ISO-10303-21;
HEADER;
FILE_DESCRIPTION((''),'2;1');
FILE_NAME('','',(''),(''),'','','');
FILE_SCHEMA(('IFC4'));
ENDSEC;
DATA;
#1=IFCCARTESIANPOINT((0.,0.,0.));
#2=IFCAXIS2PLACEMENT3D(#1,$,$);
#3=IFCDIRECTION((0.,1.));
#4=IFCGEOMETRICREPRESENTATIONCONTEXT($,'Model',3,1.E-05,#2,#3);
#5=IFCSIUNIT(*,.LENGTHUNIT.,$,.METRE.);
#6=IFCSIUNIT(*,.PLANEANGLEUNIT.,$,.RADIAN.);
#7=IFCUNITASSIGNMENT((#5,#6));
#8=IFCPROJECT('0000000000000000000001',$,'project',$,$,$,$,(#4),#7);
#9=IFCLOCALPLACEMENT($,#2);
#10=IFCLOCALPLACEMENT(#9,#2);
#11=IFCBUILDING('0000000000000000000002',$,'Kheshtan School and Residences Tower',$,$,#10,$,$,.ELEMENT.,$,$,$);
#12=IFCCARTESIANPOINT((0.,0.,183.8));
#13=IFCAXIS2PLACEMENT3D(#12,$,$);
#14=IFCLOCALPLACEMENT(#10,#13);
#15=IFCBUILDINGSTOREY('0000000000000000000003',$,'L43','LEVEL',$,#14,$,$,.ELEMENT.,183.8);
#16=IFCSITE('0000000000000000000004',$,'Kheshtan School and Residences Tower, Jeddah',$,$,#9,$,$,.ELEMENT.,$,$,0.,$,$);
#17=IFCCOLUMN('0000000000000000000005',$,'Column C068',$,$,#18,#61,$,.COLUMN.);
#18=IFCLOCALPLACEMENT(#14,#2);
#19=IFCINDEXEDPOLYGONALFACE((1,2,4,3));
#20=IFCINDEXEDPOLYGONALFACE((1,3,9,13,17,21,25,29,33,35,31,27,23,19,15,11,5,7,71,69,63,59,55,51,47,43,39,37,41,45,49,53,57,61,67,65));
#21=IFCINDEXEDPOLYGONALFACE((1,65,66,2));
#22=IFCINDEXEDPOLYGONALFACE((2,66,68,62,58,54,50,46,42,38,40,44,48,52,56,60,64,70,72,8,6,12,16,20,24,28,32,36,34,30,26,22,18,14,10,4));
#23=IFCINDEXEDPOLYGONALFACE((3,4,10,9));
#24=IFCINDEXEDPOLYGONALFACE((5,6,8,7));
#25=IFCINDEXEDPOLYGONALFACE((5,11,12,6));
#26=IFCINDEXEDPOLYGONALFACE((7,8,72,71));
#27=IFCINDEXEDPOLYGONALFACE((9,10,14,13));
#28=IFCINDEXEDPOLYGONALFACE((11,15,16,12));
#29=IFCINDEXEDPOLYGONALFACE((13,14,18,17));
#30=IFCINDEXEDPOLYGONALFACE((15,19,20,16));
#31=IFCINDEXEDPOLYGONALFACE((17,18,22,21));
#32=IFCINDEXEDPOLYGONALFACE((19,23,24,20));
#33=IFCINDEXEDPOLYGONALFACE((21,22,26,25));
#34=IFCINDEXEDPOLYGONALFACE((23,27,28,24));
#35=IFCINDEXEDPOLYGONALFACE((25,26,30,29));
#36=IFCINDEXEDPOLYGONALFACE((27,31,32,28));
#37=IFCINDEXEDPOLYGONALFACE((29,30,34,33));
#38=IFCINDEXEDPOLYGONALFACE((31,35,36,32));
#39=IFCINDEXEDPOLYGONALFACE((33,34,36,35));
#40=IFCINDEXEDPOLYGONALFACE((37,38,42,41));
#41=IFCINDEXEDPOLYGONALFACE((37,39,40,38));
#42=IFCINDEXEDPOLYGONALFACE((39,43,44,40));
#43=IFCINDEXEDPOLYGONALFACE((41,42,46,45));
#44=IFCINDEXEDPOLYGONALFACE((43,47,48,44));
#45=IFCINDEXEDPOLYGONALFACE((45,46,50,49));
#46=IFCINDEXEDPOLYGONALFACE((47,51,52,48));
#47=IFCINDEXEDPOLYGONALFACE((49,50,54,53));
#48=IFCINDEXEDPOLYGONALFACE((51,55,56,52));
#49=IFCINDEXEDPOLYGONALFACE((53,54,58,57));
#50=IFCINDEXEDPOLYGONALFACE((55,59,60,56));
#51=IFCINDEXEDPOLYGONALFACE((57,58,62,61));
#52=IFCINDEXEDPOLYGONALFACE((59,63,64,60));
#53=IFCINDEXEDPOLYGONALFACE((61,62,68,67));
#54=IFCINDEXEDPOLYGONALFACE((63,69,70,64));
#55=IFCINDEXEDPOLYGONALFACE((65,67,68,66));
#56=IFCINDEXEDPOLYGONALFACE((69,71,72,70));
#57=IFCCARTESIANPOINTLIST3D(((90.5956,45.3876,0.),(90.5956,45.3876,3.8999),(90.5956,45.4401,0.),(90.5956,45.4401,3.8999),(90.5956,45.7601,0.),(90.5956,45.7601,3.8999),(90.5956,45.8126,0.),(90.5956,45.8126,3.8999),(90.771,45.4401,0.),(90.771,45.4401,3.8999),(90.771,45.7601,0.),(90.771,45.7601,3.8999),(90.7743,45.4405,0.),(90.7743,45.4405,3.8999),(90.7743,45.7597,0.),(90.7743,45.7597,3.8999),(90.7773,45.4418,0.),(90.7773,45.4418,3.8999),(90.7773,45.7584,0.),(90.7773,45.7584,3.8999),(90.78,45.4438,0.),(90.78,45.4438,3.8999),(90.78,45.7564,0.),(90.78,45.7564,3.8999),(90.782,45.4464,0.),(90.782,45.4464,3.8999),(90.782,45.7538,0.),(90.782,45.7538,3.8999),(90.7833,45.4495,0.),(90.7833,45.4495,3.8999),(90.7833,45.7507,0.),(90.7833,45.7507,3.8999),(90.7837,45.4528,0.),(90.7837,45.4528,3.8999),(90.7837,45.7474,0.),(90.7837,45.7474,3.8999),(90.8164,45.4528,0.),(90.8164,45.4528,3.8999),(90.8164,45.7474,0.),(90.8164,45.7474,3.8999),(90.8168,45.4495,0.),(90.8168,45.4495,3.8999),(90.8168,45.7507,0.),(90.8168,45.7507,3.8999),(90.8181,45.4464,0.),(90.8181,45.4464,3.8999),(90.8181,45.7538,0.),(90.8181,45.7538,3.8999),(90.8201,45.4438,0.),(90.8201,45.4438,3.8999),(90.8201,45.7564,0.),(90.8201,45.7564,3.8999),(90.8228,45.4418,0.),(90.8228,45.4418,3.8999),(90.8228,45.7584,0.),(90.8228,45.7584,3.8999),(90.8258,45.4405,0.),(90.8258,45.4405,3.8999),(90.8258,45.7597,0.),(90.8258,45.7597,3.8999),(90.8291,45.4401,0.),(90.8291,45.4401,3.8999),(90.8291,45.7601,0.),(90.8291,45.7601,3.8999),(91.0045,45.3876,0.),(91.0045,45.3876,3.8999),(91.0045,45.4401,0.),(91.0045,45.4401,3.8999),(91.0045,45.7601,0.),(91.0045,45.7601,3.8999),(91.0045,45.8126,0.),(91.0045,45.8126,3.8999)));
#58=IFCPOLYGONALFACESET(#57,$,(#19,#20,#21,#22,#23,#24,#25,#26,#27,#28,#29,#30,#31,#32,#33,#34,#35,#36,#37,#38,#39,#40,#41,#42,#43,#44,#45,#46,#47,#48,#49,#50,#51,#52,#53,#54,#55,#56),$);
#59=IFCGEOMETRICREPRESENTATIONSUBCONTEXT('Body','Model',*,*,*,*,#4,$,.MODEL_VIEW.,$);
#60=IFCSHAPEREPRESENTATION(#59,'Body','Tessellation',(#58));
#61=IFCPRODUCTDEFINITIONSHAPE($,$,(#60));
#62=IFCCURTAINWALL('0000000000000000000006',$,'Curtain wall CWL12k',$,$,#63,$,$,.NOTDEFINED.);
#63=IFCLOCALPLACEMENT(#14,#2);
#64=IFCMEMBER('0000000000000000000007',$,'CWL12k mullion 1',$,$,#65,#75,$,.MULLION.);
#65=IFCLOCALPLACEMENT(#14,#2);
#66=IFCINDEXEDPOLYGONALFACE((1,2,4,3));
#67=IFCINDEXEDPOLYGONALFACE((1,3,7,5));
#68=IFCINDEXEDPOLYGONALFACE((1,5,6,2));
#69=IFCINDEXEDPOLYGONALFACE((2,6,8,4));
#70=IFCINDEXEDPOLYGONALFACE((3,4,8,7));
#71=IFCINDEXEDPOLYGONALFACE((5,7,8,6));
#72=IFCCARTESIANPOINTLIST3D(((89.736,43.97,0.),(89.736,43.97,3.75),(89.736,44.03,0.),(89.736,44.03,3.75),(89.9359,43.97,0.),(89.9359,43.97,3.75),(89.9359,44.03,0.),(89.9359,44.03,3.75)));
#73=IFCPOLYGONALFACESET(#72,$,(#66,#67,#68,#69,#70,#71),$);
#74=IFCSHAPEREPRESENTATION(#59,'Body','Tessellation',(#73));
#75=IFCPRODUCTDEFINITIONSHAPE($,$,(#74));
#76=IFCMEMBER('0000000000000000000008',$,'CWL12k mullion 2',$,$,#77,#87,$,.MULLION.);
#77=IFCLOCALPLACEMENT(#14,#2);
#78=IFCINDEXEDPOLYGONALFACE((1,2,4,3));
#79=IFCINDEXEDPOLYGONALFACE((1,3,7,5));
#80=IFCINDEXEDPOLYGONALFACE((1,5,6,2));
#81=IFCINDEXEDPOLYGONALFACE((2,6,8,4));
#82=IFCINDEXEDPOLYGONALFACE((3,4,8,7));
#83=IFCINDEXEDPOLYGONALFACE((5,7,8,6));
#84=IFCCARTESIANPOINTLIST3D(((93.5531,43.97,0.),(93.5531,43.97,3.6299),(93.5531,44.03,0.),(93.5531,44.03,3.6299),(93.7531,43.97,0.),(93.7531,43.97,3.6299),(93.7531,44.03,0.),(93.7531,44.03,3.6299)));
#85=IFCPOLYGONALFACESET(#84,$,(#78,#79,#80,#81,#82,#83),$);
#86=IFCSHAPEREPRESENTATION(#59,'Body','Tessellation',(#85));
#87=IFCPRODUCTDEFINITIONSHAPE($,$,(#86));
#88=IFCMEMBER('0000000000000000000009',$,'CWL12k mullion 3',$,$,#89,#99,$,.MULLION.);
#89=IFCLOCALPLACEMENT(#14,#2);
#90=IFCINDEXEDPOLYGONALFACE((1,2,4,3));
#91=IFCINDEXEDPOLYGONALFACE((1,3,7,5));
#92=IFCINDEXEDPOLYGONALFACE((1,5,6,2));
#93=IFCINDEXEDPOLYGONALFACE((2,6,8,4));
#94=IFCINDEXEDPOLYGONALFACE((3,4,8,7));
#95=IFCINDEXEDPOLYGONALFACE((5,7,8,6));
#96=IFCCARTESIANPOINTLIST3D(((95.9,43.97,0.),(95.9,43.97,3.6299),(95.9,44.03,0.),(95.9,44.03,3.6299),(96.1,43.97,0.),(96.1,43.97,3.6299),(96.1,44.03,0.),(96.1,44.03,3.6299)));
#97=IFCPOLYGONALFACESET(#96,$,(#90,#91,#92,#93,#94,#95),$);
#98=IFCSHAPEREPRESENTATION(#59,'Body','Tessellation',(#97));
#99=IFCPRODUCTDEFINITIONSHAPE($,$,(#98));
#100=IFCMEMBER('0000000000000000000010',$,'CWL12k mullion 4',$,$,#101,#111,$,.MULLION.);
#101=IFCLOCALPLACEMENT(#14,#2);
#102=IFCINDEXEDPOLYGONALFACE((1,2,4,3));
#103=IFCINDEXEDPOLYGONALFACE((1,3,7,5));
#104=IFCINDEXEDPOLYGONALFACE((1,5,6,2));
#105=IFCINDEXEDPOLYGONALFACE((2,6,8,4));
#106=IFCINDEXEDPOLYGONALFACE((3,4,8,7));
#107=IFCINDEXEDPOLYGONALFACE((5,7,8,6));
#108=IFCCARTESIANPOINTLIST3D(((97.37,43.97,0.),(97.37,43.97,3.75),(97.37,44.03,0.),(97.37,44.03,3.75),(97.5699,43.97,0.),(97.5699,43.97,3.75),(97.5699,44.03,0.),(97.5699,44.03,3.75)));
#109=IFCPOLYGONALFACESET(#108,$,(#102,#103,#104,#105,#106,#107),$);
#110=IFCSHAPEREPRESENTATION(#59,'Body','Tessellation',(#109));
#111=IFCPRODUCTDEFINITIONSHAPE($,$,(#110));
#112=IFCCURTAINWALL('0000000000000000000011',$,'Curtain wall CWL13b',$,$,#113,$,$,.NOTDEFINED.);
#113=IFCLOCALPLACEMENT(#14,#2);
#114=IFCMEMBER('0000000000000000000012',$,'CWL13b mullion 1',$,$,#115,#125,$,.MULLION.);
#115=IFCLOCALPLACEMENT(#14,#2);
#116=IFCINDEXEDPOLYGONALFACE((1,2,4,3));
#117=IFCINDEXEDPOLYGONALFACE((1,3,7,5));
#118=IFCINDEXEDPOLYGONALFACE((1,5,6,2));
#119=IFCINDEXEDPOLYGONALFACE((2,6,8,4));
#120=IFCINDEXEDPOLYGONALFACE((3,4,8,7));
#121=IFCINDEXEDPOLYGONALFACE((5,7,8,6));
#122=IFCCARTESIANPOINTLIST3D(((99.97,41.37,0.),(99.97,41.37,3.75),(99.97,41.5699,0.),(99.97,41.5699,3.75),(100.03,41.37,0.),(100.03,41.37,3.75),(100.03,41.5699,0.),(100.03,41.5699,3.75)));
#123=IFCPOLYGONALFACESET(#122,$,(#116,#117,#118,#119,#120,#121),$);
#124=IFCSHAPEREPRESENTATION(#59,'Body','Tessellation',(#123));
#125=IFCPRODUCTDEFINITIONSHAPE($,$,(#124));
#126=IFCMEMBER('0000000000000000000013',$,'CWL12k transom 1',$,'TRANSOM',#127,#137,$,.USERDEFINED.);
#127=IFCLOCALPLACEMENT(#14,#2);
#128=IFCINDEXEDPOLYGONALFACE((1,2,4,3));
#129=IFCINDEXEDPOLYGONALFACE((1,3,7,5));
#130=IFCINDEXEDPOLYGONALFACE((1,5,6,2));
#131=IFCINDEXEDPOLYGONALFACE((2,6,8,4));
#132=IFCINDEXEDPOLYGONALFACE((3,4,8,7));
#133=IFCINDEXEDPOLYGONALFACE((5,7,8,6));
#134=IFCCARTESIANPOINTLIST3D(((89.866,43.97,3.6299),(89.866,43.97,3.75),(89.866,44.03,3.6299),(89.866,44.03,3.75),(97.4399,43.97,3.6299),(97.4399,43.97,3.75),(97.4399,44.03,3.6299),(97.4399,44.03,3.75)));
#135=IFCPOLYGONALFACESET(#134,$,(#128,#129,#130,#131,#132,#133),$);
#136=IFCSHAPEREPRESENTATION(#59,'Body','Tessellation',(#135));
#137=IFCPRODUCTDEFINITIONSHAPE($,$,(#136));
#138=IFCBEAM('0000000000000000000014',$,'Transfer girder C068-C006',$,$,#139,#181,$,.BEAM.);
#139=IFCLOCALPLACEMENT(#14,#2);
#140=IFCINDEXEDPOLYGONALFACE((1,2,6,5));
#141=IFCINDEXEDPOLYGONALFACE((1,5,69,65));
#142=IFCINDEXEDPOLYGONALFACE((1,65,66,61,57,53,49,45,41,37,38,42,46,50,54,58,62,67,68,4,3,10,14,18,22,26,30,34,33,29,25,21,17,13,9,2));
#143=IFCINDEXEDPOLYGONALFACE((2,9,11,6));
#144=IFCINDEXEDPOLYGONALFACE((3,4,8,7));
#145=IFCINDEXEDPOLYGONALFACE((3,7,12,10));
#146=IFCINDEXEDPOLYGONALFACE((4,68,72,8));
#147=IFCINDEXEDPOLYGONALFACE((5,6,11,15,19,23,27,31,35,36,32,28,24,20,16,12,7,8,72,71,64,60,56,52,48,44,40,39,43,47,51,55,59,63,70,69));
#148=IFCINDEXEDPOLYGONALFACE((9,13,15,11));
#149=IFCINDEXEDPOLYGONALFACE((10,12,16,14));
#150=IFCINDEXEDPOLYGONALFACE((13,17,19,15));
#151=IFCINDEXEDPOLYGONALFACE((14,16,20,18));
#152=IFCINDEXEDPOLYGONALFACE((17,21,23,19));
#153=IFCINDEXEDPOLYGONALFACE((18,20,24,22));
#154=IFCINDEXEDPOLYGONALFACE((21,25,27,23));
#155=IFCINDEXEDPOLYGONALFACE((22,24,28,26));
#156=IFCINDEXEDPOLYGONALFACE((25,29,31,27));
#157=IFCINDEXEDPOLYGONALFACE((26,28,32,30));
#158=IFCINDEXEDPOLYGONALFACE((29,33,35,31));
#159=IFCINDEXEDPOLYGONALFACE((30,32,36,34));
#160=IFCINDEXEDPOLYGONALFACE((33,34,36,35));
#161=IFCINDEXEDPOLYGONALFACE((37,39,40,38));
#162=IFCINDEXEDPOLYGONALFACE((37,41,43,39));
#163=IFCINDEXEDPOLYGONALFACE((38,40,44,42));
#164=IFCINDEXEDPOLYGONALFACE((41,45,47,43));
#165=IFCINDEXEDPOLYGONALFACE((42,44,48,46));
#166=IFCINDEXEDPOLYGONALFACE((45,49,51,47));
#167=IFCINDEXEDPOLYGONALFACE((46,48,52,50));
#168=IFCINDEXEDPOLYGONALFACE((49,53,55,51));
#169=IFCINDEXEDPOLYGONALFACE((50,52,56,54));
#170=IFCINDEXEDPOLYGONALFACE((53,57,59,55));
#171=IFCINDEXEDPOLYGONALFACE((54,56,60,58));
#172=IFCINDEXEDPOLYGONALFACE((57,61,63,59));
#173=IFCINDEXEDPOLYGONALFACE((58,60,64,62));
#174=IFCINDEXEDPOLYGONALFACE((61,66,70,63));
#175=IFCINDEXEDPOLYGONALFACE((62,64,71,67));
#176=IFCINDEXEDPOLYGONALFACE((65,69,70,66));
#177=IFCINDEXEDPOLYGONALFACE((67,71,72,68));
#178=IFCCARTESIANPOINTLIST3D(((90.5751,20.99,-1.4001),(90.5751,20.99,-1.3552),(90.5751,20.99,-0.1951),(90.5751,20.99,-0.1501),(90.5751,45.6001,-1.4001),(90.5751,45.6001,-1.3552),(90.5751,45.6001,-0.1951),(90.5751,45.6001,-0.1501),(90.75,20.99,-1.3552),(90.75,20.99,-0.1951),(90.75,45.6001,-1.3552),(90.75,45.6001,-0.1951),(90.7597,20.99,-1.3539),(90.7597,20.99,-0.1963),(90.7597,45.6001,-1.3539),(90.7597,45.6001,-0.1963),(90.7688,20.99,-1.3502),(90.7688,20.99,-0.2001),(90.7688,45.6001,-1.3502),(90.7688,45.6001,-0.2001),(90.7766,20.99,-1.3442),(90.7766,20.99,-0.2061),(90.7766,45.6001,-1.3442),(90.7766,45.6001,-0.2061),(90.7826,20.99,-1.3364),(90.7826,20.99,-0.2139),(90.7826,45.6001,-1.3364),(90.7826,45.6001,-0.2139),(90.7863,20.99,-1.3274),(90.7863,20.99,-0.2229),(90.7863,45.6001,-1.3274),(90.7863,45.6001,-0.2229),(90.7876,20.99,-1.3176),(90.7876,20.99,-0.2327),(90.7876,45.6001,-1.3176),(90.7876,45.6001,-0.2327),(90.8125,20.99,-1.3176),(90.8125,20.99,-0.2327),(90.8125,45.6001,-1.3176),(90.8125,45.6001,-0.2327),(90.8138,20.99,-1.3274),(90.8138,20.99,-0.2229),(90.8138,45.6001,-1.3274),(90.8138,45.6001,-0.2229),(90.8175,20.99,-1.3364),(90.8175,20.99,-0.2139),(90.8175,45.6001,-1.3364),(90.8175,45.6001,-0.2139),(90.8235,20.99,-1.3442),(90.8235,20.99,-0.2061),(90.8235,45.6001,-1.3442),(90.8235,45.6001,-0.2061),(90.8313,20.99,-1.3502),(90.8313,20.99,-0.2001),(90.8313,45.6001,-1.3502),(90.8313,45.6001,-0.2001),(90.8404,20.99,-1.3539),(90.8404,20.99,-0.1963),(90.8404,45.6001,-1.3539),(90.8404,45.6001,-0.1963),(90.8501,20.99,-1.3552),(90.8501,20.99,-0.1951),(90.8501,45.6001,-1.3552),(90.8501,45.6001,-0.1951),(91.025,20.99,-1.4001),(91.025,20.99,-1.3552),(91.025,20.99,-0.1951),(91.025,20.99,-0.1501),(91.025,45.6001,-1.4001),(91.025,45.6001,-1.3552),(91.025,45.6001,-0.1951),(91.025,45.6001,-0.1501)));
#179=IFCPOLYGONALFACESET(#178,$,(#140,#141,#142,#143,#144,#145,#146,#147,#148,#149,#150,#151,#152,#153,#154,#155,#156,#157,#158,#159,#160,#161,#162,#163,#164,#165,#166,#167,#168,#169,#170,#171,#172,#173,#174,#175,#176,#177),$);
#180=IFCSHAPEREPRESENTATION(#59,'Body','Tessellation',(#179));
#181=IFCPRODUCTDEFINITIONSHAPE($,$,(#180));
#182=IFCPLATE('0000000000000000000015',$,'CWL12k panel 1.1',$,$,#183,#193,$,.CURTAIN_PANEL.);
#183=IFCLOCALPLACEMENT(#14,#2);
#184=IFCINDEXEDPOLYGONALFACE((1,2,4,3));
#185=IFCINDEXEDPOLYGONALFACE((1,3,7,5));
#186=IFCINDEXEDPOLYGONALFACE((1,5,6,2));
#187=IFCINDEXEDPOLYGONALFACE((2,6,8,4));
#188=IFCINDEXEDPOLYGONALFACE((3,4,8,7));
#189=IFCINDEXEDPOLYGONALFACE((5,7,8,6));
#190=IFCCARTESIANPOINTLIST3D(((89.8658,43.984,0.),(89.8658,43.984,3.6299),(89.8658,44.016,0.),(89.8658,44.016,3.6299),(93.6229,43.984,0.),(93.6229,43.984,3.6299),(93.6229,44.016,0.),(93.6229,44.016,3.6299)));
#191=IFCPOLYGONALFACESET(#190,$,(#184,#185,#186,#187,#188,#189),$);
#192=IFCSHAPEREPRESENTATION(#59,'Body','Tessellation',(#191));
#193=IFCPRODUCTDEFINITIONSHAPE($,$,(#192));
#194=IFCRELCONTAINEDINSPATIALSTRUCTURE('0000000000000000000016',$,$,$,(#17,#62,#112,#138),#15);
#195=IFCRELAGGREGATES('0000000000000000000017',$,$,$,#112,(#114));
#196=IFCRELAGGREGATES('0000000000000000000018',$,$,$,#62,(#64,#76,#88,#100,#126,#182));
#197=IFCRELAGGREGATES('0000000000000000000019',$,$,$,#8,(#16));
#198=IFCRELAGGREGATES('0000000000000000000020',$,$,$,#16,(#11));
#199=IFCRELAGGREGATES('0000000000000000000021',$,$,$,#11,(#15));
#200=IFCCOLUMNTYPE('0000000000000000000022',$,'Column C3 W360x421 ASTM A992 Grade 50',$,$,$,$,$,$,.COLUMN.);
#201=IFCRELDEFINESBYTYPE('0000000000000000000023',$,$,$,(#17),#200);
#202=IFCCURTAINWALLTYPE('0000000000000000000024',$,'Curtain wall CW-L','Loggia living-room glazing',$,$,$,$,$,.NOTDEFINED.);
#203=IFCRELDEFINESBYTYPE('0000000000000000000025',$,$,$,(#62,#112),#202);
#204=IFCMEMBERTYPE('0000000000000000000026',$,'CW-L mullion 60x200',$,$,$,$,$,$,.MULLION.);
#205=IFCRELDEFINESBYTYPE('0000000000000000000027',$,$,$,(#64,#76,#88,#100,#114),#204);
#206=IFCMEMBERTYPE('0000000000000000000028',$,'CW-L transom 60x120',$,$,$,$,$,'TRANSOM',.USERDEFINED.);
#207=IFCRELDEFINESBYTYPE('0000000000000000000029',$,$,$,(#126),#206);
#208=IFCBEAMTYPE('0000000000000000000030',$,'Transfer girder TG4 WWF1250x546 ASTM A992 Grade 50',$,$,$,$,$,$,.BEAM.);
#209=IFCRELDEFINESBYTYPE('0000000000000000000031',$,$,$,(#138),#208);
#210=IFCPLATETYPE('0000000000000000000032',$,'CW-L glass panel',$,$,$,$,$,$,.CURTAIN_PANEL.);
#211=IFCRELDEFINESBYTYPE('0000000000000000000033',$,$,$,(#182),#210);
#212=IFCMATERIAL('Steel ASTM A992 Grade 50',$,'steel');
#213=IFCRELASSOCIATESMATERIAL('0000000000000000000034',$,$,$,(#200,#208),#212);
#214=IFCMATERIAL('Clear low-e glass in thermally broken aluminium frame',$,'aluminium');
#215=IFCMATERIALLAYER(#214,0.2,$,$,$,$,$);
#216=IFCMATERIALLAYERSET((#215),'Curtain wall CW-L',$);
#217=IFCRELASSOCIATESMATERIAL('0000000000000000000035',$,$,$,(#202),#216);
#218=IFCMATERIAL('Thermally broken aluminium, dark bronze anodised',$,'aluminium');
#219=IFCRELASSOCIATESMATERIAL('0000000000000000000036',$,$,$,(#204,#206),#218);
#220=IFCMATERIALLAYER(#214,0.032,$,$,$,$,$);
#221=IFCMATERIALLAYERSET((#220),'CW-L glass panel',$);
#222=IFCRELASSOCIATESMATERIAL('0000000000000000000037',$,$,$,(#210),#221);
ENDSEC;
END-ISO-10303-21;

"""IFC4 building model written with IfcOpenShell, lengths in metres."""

from ifc_helpers import new_model, si_unit, direction, frame, origin, origin_2d, place, context, subcontext, project, spatial, rectangle, i_section, extrude, material, layer, layer_set, material_profile, profile_set, type_object, element, aggregate, save


model = new_model("IFC4")

# Units and contexts
model_context = context("Model", 3, precision=1e-05, world=origin(), true_north=direction((0.0, 1.0)))
body_context = subcontext(model_context, "Body", "Model", "MODEL_VIEW")
ifc_project = project(units=[si_unit("LENGTHUNIT", "METRE"), si_unit("PLANEANGLEUNIT", "RADIAN")], contexts=[model_context])

# Site, building, storey
site_placement = place(None, origin())
site = spatial("IfcSite", under=ifc_project, at=site_placement, Name="Kheshtan School and Residences Tower, Jeddah", CompositionType="ELEMENT", RefElevation=0.0)
building_placement = place(site_placement, origin())
building = spatial("IfcBuilding", under=site, at=building_placement, Name="Kheshtan School and Residences Tower", CompositionType="ELEMENT")
storey_placement = place(building_placement, frame((0.0, 0.0, 183.8)))
storey = spatial("IfcBuildingStorey", under=building, at=storey_placement, Name="L43", Description="LEVEL", CompositionType="ELEMENT", Elevation=183.8)

# Column
ifc_material_1 = material(Name="Steel ASTM A992 Grade 50", Category="steel")
ifc_material_profile_1 = material_profile(ifc_material_1, i_section(OverallWidth=0.4089, OverallDepth=0.425, WebThickness=0.0327, FlangeThickness=0.0525, FilletRadius=0.0127, at=origin_2d()), Name="W360x421")
ifc_profile_set_1 = profile_set([ifc_material_profile_1], Name="Steel ASTM A992 Grade 50")
column_type = type_object("IfcColumnType", Name="Column C3 W360x421 ASTM A992 Grade 50", PredefinedType="COLUMN", material=ifc_profile_set_1)
column_placement = place(storey_placement, frame((90.8, 45.6001, 0.0), z_axis=(0.0, 0.0, 1.0), x_axis=(1.0, 0.0, 0.0)))
element("IfcColumn", 1, at=column_placement, inside=storey, type_object=column_type, Name="Column C068", PredefinedType="COLUMN", context=body_context, shape_type="SweptSolid", body=[
    extrude(i_section(OverallWidth=0.4089, OverallDepth=0.425, WebThickness=0.0327, FlangeThickness=0.0525, FilletRadius=0.0127, at=origin_2d()), origin(), (0.0, 0.0, 1.0), 3.8999),
])

# Curtain wall, members
ifc_material_2 = material(Name="Clear low-e glass in thermally broken aluminium frame", Category="aluminium")
ifc_layer_1 = layer(ifc_material_2, 0.2)
ifc_layer_set_1 = layer_set([ifc_layer_1], Name="Curtain wall CW-L")
curtain_wall_type = type_object("IfcCurtainWallType", Name="Curtain wall CW-L", Description="Loggia living-room glazing", PredefinedType="NOTDEFINED", material=ifc_layer_set_1)
curtain_wall_1_placement = place(storey_placement, origin())
curtain_wall_1 = element("IfcCurtainWall", 2, at=curtain_wall_1_placement, inside=storey, type_object=curtain_wall_type, Name="Curtain wall CWL12k", PredefinedType="NOTDEFINED")
ifc_material_3 = material(Name="Thermally broken aluminium, dark bronze anodised", Category="aluminium")
ifc_material_profile_2 = material_profile(ifc_material_3, rectangle(XDim=0.0601, YDim=0.2, at=origin_2d()), Name="CW-L mullion 60x200")
ifc_profile_set_2 = profile_set([ifc_material_profile_2], Name="Thermally broken aluminium, dark bronze anodised")
member_type_1 = type_object("IfcMemberType", Name="CW-L mullion 60x200", PredefinedType="MULLION", material=ifc_profile_set_2)
member_1_placement = place(storey_placement, frame((89.8359, 44.0, 0.0), z_axis=(0.0, 0.0, 1.0), x_axis=(0.0, 1.0, 0.0)))
member_1 = element("IfcMember", 3, at=member_1_placement, type_object=member_type_1, Name="CWL12k mullion 1", PredefinedType="MULLION", context=body_context, shape_type="SweptSolid", body=[
    extrude(rectangle(XDim=0.0601, YDim=0.2, at=origin_2d()), origin(), (0.0, 0.0, 1.0), 3.75),
])
member_2_placement = place(storey_placement, frame((93.6531, 44.0, 0.0), z_axis=(0.0, 0.0, 1.0), x_axis=(0.0, 1.0, 0.0)))
member_2 = element("IfcMember", 4, at=member_2_placement, type_object=member_type_1, Name="CWL12k mullion 2", PredefinedType="MULLION", context=body_context, shape_type="SweptSolid", body=[
    extrude(rectangle(XDim=0.0601, YDim=0.2, at=origin_2d()), origin(), (0.0, 0.0, 1.0), 3.6299),
])
member_3_placement = place(storey_placement, frame((96.0, 44.0, 0.0), z_axis=(0.0, 0.0, 1.0), x_axis=(0.0, 1.0, 0.0)))
member_3 = element("IfcMember", 5, at=member_3_placement, type_object=member_type_1, Name="CWL12k mullion 3", PredefinedType="MULLION", context=body_context, shape_type="SweptSolid", body=[
    extrude(rectangle(XDim=0.0601, YDim=0.2, at=origin_2d()), origin(), (0.0, 0.0, 1.0), 3.6299),
])
member_4_placement = place(storey_placement, frame((97.47, 44.0, 0.0), z_axis=(0.0, 0.0, 1.0), x_axis=(0.0, 1.0, 0.0)))
member_4 = element("IfcMember", 6, at=member_4_placement, type_object=member_type_1, Name="CWL12k mullion 4", PredefinedType="MULLION", context=body_context, shape_type="SweptSolid", body=[
    extrude(rectangle(XDim=0.0601, YDim=0.2, at=origin_2d()), origin(), (0.0, 0.0, 1.0), 3.75),
])

# Curtain wall, member
curtain_wall_2_placement = place(storey_placement, origin())
curtain_wall_2 = element("IfcCurtainWall", 7, at=curtain_wall_2_placement, inside=storey, type_object=curtain_wall_type, Name="Curtain wall CWL13b", PredefinedType="NOTDEFINED")
member_5_placement = place(storey_placement, frame((100.0, 41.47, 0.0), z_axis=(0.0, 0.0, 1.0), x_axis=(1.0, 0.0, 0.0)))
member_5 = element("IfcMember", 8, at=member_5_placement, type_object=member_type_1, Name="CWL13b mullion 1", PredefinedType="MULLION", context=body_context, shape_type="SweptSolid", body=[
    extrude(rectangle(XDim=0.0601, YDim=0.2, at=origin_2d()), origin(), (0.0, 0.0, 1.0), 3.75),
])
aggregate(curtain_wall_2, [member_5])

# Member
ifc_material_profile_3 = material_profile(ifc_material_3, rectangle(XDim=0.0601, YDim=0.1201, at=origin_2d()), Name="CW-L transom 60x120")
ifc_profile_set_3 = profile_set([ifc_material_profile_3], Name="Thermally broken aluminium, dark bronze anodised")
member_type_2 = type_object("IfcMemberType", Name="CW-L transom 60x120", ElementType="TRANSOM", PredefinedType="USERDEFINED", material=ifc_profile_set_3)
member_6_placement = place(storey_placement, frame((89.866, 44.0, 3.6899), z_axis=(1.0, 0.0, 0.0), x_axis=(0.0, 1.0, 0.0)))
member_6 = element("IfcMember", 9, at=member_6_placement, type_object=member_type_2, Name="CWL12k transom 1", ObjectType="TRANSOM", PredefinedType="USERDEFINED", context=body_context, shape_type="SweptSolid", body=[
    extrude(rectangle(XDim=0.0601, YDim=0.1201, at=origin_2d()), origin(), (0.0, 0.0, 1.0), 7.574),
])

# Beam
ifc_material_profile_4 = material_profile(ifc_material_1, i_section(OverallWidth=0.45, OverallDepth=1.25, WebThickness=0.0249, FlangeThickness=0.0449, FilletRadius=0.0376, at=origin_2d()), Name="WWF1250x546")
ifc_profile_set_4 = profile_set([ifc_material_profile_4], Name="Steel ASTM A992 Grade 50")
beam_type = type_object("IfcBeamType", Name="Transfer girder TG4 WWF1250x546 ASTM A992 Grade 50", PredefinedType="BEAM", material=ifc_profile_set_4)
beam_placement = place(storey_placement, frame((90.8, 45.6001, -0.7751), z_axis=(0.0, -1.0, 0.0), x_axis=(1.0, 0.0, 0.0)))
element("IfcBeam", 10, at=beam_placement, inside=storey, type_object=beam_type, Name="Transfer girder C068-C006", PredefinedType="BEAM", context=body_context, shape_type="SweptSolid", body=[
    extrude(i_section(OverallWidth=0.45, OverallDepth=1.25, WebThickness=0.0249, FlangeThickness=0.0449, FilletRadius=0.0376, at=origin_2d()), origin(), (0.0, 0.0, 1.0), 24.6101),
])

# Plate
ifc_layer_2 = layer(ifc_material_2, 0.032)
ifc_layer_set_2 = layer_set([ifc_layer_2], Name="CW-L glass panel")
plate_type = type_object("IfcPlateType", Name="CW-L glass panel", PredefinedType="CURTAIN_PANEL", material=ifc_layer_set_2)
plate_1_placement = place(storey_placement, frame((91.7444, 44.0, 0.0), z_axis=(0.0, 0.0, 1.0), x_axis=(1.0, 0.0, 0.0)))
plate_1 = element("IfcPlate", 11, at=plate_1_placement, type_object=plate_type, Name="CWL12k panel 1.1", PredefinedType="CURTAIN_PANEL", context=body_context, shape_type="SweptSolid", body=[
    extrude(rectangle(XDim=3.7571, YDim=0.032, at=origin_2d()), origin(), (0.0, 0.0, 1.0), 3.6299),
])
aggregate(curtain_wall_1, [member_1, member_2, member_3, member_4, member_6, plate_1])

save(model, "model.ifc")
